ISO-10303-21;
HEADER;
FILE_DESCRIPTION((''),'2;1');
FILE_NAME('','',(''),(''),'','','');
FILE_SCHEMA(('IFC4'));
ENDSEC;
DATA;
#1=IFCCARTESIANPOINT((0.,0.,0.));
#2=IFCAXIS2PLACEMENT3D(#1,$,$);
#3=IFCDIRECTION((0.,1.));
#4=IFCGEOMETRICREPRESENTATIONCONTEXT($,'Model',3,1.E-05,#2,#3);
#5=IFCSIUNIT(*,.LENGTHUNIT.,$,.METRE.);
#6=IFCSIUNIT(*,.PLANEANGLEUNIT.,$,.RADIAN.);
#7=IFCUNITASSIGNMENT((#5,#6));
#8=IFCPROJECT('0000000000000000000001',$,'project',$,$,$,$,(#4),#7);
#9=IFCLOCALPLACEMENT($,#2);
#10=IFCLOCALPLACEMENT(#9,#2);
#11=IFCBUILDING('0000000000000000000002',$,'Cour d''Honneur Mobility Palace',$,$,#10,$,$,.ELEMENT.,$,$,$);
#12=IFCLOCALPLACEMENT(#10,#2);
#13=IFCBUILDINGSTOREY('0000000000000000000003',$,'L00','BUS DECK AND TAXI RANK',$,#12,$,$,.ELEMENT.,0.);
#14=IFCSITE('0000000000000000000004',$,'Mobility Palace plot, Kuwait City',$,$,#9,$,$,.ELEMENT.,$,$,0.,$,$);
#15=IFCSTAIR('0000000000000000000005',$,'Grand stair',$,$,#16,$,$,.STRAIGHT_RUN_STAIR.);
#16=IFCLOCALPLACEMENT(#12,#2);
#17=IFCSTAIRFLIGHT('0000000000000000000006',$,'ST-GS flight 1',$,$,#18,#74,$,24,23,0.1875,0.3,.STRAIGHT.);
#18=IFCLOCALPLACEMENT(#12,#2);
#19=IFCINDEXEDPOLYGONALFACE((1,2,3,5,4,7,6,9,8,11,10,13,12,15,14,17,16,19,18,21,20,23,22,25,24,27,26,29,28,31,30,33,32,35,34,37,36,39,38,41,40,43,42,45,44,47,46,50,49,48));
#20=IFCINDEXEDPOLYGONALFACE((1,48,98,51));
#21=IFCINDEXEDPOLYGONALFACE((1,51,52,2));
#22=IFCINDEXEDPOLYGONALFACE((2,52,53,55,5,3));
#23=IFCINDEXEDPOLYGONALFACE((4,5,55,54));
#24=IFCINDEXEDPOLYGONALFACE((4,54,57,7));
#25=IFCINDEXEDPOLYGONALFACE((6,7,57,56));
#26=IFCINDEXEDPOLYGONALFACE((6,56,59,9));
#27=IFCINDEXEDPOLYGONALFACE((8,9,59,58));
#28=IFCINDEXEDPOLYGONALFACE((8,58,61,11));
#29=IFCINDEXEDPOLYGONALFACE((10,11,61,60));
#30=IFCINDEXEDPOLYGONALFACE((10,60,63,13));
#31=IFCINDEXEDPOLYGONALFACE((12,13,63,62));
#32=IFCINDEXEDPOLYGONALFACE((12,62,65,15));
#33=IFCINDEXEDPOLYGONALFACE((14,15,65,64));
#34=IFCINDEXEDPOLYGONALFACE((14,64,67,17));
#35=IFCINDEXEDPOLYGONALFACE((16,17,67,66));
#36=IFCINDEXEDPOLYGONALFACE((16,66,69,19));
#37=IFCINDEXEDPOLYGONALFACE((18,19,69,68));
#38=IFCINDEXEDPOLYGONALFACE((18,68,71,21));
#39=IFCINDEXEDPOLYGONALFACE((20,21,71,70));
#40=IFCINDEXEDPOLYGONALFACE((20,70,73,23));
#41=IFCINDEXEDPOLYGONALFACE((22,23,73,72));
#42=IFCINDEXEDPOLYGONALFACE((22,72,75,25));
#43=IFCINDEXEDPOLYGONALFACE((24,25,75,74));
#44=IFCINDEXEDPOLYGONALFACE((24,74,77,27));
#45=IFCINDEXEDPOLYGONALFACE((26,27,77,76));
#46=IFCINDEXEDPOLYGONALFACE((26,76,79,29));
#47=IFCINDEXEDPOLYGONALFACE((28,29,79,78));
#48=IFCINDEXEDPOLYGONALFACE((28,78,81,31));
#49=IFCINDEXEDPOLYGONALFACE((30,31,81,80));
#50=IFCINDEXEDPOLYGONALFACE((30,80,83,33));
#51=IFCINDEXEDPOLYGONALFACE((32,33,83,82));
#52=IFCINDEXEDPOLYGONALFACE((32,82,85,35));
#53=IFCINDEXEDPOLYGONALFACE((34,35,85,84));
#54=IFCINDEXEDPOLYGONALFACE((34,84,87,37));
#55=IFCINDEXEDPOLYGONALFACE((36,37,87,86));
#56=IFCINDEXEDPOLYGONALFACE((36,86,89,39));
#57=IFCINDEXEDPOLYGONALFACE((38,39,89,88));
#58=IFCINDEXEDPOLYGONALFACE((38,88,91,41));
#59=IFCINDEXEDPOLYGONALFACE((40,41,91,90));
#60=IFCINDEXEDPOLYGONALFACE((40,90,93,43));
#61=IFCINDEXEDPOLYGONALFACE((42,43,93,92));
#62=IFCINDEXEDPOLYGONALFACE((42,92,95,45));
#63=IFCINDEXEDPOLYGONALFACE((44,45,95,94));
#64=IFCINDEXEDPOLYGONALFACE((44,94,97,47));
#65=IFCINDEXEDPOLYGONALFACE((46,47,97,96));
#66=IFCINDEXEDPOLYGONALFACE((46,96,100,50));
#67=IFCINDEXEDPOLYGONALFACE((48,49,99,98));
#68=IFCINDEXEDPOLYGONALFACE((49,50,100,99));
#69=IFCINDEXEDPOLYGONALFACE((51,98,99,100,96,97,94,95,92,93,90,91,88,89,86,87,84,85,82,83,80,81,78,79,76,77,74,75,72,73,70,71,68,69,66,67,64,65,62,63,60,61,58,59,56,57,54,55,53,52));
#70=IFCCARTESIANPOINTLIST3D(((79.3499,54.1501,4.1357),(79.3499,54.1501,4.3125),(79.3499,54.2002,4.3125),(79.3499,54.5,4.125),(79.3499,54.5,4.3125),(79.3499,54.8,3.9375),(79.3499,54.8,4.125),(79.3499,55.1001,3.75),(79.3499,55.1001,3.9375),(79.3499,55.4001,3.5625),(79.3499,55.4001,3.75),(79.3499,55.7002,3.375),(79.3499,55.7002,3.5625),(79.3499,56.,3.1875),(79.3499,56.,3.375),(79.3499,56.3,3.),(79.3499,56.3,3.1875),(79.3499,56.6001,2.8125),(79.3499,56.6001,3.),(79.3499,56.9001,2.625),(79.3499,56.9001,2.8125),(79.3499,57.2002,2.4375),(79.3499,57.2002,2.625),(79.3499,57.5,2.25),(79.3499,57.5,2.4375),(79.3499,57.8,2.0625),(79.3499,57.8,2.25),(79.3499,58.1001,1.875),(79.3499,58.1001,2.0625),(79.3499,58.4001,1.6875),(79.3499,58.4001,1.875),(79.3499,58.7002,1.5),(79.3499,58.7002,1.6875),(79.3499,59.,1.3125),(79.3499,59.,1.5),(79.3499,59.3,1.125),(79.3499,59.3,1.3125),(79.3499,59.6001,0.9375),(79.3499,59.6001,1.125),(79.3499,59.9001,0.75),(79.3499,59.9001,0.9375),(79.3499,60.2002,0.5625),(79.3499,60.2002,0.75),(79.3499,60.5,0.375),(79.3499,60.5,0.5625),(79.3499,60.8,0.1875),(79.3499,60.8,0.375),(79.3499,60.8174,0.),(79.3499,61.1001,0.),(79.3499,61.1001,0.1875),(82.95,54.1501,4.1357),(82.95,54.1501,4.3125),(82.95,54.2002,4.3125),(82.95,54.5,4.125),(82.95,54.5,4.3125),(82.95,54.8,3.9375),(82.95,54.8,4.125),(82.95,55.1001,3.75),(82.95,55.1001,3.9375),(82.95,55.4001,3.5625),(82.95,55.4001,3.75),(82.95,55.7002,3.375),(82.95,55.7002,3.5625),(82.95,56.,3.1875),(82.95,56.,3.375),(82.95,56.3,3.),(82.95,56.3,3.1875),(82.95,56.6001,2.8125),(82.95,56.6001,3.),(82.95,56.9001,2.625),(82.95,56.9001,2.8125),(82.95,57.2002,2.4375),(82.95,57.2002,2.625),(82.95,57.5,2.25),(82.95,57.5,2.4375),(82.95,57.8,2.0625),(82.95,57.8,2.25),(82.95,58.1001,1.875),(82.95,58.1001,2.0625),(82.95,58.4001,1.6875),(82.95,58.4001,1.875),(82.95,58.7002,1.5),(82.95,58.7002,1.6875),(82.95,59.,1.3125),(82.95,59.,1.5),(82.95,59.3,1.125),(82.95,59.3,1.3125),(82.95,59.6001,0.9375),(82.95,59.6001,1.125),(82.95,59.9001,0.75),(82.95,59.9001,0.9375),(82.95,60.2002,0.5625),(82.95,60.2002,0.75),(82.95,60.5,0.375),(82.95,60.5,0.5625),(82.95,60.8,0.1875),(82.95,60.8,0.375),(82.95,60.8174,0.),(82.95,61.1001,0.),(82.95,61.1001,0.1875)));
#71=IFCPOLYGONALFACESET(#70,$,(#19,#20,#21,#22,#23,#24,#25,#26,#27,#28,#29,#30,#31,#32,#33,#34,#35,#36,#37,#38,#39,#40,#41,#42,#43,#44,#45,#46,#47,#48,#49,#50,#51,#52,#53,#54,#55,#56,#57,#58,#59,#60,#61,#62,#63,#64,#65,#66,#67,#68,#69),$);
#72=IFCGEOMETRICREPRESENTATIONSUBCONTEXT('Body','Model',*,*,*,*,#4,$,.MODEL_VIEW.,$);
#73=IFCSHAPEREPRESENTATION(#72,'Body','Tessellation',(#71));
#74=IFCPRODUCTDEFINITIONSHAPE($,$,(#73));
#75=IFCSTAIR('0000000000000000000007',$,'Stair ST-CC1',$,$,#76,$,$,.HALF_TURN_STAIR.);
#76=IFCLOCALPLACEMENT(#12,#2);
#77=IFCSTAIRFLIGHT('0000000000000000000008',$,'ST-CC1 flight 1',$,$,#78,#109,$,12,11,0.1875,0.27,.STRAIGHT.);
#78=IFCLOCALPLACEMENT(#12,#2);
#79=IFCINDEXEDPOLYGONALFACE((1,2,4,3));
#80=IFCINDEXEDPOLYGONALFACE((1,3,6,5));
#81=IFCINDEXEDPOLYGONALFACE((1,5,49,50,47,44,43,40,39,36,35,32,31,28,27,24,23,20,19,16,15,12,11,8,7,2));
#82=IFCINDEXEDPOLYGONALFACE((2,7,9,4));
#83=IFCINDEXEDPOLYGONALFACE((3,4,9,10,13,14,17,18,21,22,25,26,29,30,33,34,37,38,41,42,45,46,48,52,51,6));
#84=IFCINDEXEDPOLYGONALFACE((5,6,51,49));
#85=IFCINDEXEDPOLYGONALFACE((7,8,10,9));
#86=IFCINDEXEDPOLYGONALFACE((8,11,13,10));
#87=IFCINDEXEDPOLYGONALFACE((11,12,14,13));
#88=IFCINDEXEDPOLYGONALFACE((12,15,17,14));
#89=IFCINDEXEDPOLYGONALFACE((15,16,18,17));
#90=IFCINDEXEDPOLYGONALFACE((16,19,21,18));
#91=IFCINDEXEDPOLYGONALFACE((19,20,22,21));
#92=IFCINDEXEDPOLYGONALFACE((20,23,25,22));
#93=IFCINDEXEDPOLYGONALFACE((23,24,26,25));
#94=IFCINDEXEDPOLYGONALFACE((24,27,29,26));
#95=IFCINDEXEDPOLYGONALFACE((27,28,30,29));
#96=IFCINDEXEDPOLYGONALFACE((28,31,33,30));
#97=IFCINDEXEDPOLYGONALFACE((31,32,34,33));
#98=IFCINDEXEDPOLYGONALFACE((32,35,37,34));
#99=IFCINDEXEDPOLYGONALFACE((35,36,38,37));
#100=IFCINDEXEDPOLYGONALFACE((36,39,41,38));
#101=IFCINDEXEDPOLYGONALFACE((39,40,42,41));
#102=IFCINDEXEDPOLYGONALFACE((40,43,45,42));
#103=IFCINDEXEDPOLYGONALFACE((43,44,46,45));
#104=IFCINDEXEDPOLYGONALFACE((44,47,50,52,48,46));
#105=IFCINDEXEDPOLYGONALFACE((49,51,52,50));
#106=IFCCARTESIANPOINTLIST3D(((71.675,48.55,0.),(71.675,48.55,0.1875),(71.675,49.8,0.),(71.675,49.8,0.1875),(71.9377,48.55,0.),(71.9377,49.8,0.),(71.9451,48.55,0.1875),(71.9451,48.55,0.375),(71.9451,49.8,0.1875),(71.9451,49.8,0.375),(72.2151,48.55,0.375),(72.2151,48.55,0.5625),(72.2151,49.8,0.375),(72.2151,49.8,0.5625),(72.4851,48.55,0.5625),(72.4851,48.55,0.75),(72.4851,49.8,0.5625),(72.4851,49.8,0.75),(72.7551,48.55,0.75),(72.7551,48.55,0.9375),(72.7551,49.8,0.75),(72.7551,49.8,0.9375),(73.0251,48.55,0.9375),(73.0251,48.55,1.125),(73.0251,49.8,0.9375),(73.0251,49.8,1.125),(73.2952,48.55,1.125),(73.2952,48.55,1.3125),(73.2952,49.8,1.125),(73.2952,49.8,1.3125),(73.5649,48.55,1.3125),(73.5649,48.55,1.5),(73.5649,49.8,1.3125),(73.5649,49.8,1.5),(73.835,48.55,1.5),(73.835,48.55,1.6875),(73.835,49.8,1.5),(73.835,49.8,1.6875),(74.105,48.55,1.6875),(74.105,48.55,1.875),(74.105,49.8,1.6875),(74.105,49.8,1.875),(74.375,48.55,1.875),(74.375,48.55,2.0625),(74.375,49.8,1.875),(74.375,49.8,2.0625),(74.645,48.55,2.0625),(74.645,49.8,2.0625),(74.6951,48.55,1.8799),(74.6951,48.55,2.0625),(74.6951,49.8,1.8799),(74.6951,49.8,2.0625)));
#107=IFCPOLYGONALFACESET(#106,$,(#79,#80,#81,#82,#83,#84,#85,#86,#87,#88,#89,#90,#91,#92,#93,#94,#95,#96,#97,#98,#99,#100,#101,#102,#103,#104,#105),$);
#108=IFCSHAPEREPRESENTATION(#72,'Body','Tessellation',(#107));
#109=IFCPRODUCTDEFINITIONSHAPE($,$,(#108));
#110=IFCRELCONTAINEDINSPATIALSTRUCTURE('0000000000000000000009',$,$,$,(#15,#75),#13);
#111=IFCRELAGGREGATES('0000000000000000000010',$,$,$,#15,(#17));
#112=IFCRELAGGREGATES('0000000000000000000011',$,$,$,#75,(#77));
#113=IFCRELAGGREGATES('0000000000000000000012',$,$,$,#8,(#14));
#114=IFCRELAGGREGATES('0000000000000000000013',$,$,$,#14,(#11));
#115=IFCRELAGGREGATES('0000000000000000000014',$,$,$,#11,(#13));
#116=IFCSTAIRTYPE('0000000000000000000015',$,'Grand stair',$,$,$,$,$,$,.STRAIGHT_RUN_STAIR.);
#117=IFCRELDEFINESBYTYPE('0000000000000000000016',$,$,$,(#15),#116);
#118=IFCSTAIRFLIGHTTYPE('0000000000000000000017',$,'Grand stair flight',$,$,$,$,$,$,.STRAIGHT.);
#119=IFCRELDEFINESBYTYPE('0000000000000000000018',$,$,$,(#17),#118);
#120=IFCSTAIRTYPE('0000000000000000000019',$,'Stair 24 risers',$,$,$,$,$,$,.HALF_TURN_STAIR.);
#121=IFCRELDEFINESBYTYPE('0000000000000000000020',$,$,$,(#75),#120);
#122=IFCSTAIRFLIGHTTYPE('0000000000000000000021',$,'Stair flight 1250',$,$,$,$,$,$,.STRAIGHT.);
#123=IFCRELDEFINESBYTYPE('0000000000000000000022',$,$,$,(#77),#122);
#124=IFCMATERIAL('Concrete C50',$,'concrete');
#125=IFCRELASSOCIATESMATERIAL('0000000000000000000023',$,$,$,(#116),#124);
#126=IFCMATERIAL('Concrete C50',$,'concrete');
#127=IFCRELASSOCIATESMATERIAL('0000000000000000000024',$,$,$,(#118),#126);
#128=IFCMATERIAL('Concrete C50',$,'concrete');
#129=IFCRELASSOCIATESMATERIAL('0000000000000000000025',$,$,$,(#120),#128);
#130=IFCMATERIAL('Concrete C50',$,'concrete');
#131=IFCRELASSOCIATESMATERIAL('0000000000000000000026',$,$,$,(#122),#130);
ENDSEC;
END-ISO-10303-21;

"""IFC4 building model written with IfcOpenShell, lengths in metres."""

from ifc_helpers import new_model, si_unit, direction, frame, origin, place, context, subcontext, project, spatial, polyline, outline, extrude, material, type_object, element, aggregate, save


model = new_model("IFC4")

# Units and contexts
model_context = context("Model", 3, precision=1e-05, world=origin(), true_north=direction((0.0, 1.0)))
body_context = subcontext(model_context, "Body", "Model", "MODEL_VIEW")
ifc_project = project(units=[si_unit("LENGTHUNIT", "METRE"), si_unit("PLANEANGLEUNIT", "RADIAN")], contexts=[model_context])

# Site, building, storey
site_placement = place(None, origin())
site = spatial("IfcSite", under=ifc_project, at=site_placement, Name="Mobility Palace plot, Kuwait City", CompositionType="ELEMENT", RefElevation=0.0)
building_placement = place(site_placement, origin())
building = spatial("IfcBuilding", under=site, at=building_placement, Name="Cour d'Honneur Mobility Palace", CompositionType="ELEMENT")
storey_placement = place(building_placement, origin())
storey = spatial("IfcBuildingStorey", under=building, at=storey_placement, Name="L00", Description="BUS DECK AND TAXI RANK", CompositionType="ELEMENT", Elevation=0.0)

# Stairs, stair flights
ifc_material_1 = material(Name="Concrete C50", Category="concrete")
stair_type_1 = type_object("IfcStairType", Name="Grand stair", PredefinedType="STRAIGHT_RUN_STAIR", material=ifc_material_1)
stair_1_placement = place(storey_placement, origin())
stair_1 = element("IfcStair", 1, at=stair_1_placement, inside=storey, type_object=stair_type_1, Name="Grand stair", PredefinedType="STRAIGHT_RUN_STAIR")
ifc_material_2 = material(Name="Concrete C50", Category="concrete")
stair_flight_type_1 = type_object("IfcStairFlightType", Name="Grand stair flight", PredefinedType="STRAIGHT", material=ifc_material_2)
stair_flight_1_placement = place(storey_placement, frame((81.1499, 61.1001, 0.0), z_axis=(0.0, 0.0, 1.0), x_axis=(0.0, -1.0, 0.0)))
stair_flight_1 = element("IfcStairFlight", 2, at=stair_flight_1_placement, type_object=stair_flight_type_1, Name="ST-GS flight 1", NumberOfRisers=24, NumberOfTreads=23, PredefinedType="STRAIGHT", RiserHeight=0.1875, TreadLength=0.3, context=body_context, shape_type="SweptSolid", body=[
    extrude(outline(polyline([(0.0, 0.0), (0.0, 0.1875), (0.3, 0.1875), (0.3, 0.375), (0.6001, 0.375), (0.6001, 0.5625), (0.8999, 0.5625), (0.8999, 0.75), (1.2, 0.75), (1.2, 0.9375), (1.5, 0.9375), (1.5, 1.125), (1.8, 1.125), (1.8, 1.3125), (2.1001, 1.3125), (2.1001, 1.5), (2.3999, 1.5), (2.3999, 1.6875), (2.7, 1.6875), (2.7, 1.875), (3.0, 1.875), (3.0, 2.0625), (3.3, 2.0625), (3.3, 2.25), (3.6001, 2.25), (3.6001, 2.4375), (3.8999, 2.4375), (3.8999, 2.625), (4.2, 2.625), (4.2, 2.8125), (4.5, 2.8125), (4.5, 3.0), (4.8, 3.0), (4.8, 3.1875), (5.1001, 3.1875), (5.1001, 3.375), (5.3999, 3.375), (5.3999, 3.5625), (5.7, 3.5625), (5.7, 3.75), (6.0, 3.75), (6.0, 3.9375), (6.3, 3.9375), (6.3, 4.125), (6.6001, 4.125), (6.6001, 4.3125), (6.8999, 4.3125), (6.95, 4.3125), (6.95, 4.1357), (0.2827, 0.0), (0.0, 0.0)])), frame((0.0, 1.8, 0.0), z_axis=(0.0, -1.0, 0.0), x_axis=(1.0, 0.0, 0.0)), (0.0, 0.0, 1.0), 3.6001),
])
aggregate(stair_1, [stair_flight_1])
ifc_material_3 = material(Name="Concrete C50", Category="concrete")
stair_type_2 = type_object("IfcStairType", Name="Stair 24 risers", PredefinedType="HALF_TURN_STAIR", material=ifc_material_3)
stair_2_placement = place(storey_placement, origin())
stair_2 = element("IfcStair", 3, at=stair_2_placement, inside=storey, type_object=stair_type_2, Name="Stair ST-CC1", PredefinedType="HALF_TURN_STAIR")
ifc_material_4 = material(Name="Concrete C50", Category="concrete")
stair_flight_type_2 = type_object("IfcStairFlightType", Name="Stair flight 1250", PredefinedType="STRAIGHT", material=ifc_material_4)
stair_flight_2_placement = place(storey_placement, frame((71.675, 49.175, 0.0), z_axis=(0.0, 0.0, 1.0), x_axis=(1.0, 0.0, 0.0)))
stair_flight_2 = element("IfcStairFlight", 4, at=stair_flight_2_placement, type_object=stair_flight_type_2, Name="ST-CC1 flight 1", NumberOfRisers=12, NumberOfTreads=11, PredefinedType="STRAIGHT", RiserHeight=0.1875, TreadLength=0.27, context=body_context, shape_type="SweptSolid", body=[
    extrude(outline(polyline([(0.0, 0.0), (0.0, 0.1875), (0.27, 0.1875), (0.27, 0.375), (0.54, 0.375), (0.54, 0.5625), (0.8101, 0.5625), (0.8101, 0.75), (1.0801, 0.75), (1.0801, 0.9375), (1.3501, 0.9375), (1.3501, 1.125), (1.6201, 1.125), (1.6201, 1.3125), (1.8899, 1.3125), (1.8899, 1.5), (2.1599, 1.5), (2.1599, 1.6875), (2.4299, 1.6875), (2.4299, 1.875), (2.7, 1.875), (2.7, 2.0625), (2.97, 2.0625), (3.02, 2.0625), (3.02, 1.8799), (0.2627, 0.0), (0.0, 0.0)])), frame((0.0, 0.625, 0.0), z_axis=(0.0, -1.0, 0.0), x_axis=(1.0, 0.0, 0.0)), (0.0, 0.0, 1.0), 1.25),
])
aggregate(stair_2, [stair_flight_2])

save(model, "model.ifc")
